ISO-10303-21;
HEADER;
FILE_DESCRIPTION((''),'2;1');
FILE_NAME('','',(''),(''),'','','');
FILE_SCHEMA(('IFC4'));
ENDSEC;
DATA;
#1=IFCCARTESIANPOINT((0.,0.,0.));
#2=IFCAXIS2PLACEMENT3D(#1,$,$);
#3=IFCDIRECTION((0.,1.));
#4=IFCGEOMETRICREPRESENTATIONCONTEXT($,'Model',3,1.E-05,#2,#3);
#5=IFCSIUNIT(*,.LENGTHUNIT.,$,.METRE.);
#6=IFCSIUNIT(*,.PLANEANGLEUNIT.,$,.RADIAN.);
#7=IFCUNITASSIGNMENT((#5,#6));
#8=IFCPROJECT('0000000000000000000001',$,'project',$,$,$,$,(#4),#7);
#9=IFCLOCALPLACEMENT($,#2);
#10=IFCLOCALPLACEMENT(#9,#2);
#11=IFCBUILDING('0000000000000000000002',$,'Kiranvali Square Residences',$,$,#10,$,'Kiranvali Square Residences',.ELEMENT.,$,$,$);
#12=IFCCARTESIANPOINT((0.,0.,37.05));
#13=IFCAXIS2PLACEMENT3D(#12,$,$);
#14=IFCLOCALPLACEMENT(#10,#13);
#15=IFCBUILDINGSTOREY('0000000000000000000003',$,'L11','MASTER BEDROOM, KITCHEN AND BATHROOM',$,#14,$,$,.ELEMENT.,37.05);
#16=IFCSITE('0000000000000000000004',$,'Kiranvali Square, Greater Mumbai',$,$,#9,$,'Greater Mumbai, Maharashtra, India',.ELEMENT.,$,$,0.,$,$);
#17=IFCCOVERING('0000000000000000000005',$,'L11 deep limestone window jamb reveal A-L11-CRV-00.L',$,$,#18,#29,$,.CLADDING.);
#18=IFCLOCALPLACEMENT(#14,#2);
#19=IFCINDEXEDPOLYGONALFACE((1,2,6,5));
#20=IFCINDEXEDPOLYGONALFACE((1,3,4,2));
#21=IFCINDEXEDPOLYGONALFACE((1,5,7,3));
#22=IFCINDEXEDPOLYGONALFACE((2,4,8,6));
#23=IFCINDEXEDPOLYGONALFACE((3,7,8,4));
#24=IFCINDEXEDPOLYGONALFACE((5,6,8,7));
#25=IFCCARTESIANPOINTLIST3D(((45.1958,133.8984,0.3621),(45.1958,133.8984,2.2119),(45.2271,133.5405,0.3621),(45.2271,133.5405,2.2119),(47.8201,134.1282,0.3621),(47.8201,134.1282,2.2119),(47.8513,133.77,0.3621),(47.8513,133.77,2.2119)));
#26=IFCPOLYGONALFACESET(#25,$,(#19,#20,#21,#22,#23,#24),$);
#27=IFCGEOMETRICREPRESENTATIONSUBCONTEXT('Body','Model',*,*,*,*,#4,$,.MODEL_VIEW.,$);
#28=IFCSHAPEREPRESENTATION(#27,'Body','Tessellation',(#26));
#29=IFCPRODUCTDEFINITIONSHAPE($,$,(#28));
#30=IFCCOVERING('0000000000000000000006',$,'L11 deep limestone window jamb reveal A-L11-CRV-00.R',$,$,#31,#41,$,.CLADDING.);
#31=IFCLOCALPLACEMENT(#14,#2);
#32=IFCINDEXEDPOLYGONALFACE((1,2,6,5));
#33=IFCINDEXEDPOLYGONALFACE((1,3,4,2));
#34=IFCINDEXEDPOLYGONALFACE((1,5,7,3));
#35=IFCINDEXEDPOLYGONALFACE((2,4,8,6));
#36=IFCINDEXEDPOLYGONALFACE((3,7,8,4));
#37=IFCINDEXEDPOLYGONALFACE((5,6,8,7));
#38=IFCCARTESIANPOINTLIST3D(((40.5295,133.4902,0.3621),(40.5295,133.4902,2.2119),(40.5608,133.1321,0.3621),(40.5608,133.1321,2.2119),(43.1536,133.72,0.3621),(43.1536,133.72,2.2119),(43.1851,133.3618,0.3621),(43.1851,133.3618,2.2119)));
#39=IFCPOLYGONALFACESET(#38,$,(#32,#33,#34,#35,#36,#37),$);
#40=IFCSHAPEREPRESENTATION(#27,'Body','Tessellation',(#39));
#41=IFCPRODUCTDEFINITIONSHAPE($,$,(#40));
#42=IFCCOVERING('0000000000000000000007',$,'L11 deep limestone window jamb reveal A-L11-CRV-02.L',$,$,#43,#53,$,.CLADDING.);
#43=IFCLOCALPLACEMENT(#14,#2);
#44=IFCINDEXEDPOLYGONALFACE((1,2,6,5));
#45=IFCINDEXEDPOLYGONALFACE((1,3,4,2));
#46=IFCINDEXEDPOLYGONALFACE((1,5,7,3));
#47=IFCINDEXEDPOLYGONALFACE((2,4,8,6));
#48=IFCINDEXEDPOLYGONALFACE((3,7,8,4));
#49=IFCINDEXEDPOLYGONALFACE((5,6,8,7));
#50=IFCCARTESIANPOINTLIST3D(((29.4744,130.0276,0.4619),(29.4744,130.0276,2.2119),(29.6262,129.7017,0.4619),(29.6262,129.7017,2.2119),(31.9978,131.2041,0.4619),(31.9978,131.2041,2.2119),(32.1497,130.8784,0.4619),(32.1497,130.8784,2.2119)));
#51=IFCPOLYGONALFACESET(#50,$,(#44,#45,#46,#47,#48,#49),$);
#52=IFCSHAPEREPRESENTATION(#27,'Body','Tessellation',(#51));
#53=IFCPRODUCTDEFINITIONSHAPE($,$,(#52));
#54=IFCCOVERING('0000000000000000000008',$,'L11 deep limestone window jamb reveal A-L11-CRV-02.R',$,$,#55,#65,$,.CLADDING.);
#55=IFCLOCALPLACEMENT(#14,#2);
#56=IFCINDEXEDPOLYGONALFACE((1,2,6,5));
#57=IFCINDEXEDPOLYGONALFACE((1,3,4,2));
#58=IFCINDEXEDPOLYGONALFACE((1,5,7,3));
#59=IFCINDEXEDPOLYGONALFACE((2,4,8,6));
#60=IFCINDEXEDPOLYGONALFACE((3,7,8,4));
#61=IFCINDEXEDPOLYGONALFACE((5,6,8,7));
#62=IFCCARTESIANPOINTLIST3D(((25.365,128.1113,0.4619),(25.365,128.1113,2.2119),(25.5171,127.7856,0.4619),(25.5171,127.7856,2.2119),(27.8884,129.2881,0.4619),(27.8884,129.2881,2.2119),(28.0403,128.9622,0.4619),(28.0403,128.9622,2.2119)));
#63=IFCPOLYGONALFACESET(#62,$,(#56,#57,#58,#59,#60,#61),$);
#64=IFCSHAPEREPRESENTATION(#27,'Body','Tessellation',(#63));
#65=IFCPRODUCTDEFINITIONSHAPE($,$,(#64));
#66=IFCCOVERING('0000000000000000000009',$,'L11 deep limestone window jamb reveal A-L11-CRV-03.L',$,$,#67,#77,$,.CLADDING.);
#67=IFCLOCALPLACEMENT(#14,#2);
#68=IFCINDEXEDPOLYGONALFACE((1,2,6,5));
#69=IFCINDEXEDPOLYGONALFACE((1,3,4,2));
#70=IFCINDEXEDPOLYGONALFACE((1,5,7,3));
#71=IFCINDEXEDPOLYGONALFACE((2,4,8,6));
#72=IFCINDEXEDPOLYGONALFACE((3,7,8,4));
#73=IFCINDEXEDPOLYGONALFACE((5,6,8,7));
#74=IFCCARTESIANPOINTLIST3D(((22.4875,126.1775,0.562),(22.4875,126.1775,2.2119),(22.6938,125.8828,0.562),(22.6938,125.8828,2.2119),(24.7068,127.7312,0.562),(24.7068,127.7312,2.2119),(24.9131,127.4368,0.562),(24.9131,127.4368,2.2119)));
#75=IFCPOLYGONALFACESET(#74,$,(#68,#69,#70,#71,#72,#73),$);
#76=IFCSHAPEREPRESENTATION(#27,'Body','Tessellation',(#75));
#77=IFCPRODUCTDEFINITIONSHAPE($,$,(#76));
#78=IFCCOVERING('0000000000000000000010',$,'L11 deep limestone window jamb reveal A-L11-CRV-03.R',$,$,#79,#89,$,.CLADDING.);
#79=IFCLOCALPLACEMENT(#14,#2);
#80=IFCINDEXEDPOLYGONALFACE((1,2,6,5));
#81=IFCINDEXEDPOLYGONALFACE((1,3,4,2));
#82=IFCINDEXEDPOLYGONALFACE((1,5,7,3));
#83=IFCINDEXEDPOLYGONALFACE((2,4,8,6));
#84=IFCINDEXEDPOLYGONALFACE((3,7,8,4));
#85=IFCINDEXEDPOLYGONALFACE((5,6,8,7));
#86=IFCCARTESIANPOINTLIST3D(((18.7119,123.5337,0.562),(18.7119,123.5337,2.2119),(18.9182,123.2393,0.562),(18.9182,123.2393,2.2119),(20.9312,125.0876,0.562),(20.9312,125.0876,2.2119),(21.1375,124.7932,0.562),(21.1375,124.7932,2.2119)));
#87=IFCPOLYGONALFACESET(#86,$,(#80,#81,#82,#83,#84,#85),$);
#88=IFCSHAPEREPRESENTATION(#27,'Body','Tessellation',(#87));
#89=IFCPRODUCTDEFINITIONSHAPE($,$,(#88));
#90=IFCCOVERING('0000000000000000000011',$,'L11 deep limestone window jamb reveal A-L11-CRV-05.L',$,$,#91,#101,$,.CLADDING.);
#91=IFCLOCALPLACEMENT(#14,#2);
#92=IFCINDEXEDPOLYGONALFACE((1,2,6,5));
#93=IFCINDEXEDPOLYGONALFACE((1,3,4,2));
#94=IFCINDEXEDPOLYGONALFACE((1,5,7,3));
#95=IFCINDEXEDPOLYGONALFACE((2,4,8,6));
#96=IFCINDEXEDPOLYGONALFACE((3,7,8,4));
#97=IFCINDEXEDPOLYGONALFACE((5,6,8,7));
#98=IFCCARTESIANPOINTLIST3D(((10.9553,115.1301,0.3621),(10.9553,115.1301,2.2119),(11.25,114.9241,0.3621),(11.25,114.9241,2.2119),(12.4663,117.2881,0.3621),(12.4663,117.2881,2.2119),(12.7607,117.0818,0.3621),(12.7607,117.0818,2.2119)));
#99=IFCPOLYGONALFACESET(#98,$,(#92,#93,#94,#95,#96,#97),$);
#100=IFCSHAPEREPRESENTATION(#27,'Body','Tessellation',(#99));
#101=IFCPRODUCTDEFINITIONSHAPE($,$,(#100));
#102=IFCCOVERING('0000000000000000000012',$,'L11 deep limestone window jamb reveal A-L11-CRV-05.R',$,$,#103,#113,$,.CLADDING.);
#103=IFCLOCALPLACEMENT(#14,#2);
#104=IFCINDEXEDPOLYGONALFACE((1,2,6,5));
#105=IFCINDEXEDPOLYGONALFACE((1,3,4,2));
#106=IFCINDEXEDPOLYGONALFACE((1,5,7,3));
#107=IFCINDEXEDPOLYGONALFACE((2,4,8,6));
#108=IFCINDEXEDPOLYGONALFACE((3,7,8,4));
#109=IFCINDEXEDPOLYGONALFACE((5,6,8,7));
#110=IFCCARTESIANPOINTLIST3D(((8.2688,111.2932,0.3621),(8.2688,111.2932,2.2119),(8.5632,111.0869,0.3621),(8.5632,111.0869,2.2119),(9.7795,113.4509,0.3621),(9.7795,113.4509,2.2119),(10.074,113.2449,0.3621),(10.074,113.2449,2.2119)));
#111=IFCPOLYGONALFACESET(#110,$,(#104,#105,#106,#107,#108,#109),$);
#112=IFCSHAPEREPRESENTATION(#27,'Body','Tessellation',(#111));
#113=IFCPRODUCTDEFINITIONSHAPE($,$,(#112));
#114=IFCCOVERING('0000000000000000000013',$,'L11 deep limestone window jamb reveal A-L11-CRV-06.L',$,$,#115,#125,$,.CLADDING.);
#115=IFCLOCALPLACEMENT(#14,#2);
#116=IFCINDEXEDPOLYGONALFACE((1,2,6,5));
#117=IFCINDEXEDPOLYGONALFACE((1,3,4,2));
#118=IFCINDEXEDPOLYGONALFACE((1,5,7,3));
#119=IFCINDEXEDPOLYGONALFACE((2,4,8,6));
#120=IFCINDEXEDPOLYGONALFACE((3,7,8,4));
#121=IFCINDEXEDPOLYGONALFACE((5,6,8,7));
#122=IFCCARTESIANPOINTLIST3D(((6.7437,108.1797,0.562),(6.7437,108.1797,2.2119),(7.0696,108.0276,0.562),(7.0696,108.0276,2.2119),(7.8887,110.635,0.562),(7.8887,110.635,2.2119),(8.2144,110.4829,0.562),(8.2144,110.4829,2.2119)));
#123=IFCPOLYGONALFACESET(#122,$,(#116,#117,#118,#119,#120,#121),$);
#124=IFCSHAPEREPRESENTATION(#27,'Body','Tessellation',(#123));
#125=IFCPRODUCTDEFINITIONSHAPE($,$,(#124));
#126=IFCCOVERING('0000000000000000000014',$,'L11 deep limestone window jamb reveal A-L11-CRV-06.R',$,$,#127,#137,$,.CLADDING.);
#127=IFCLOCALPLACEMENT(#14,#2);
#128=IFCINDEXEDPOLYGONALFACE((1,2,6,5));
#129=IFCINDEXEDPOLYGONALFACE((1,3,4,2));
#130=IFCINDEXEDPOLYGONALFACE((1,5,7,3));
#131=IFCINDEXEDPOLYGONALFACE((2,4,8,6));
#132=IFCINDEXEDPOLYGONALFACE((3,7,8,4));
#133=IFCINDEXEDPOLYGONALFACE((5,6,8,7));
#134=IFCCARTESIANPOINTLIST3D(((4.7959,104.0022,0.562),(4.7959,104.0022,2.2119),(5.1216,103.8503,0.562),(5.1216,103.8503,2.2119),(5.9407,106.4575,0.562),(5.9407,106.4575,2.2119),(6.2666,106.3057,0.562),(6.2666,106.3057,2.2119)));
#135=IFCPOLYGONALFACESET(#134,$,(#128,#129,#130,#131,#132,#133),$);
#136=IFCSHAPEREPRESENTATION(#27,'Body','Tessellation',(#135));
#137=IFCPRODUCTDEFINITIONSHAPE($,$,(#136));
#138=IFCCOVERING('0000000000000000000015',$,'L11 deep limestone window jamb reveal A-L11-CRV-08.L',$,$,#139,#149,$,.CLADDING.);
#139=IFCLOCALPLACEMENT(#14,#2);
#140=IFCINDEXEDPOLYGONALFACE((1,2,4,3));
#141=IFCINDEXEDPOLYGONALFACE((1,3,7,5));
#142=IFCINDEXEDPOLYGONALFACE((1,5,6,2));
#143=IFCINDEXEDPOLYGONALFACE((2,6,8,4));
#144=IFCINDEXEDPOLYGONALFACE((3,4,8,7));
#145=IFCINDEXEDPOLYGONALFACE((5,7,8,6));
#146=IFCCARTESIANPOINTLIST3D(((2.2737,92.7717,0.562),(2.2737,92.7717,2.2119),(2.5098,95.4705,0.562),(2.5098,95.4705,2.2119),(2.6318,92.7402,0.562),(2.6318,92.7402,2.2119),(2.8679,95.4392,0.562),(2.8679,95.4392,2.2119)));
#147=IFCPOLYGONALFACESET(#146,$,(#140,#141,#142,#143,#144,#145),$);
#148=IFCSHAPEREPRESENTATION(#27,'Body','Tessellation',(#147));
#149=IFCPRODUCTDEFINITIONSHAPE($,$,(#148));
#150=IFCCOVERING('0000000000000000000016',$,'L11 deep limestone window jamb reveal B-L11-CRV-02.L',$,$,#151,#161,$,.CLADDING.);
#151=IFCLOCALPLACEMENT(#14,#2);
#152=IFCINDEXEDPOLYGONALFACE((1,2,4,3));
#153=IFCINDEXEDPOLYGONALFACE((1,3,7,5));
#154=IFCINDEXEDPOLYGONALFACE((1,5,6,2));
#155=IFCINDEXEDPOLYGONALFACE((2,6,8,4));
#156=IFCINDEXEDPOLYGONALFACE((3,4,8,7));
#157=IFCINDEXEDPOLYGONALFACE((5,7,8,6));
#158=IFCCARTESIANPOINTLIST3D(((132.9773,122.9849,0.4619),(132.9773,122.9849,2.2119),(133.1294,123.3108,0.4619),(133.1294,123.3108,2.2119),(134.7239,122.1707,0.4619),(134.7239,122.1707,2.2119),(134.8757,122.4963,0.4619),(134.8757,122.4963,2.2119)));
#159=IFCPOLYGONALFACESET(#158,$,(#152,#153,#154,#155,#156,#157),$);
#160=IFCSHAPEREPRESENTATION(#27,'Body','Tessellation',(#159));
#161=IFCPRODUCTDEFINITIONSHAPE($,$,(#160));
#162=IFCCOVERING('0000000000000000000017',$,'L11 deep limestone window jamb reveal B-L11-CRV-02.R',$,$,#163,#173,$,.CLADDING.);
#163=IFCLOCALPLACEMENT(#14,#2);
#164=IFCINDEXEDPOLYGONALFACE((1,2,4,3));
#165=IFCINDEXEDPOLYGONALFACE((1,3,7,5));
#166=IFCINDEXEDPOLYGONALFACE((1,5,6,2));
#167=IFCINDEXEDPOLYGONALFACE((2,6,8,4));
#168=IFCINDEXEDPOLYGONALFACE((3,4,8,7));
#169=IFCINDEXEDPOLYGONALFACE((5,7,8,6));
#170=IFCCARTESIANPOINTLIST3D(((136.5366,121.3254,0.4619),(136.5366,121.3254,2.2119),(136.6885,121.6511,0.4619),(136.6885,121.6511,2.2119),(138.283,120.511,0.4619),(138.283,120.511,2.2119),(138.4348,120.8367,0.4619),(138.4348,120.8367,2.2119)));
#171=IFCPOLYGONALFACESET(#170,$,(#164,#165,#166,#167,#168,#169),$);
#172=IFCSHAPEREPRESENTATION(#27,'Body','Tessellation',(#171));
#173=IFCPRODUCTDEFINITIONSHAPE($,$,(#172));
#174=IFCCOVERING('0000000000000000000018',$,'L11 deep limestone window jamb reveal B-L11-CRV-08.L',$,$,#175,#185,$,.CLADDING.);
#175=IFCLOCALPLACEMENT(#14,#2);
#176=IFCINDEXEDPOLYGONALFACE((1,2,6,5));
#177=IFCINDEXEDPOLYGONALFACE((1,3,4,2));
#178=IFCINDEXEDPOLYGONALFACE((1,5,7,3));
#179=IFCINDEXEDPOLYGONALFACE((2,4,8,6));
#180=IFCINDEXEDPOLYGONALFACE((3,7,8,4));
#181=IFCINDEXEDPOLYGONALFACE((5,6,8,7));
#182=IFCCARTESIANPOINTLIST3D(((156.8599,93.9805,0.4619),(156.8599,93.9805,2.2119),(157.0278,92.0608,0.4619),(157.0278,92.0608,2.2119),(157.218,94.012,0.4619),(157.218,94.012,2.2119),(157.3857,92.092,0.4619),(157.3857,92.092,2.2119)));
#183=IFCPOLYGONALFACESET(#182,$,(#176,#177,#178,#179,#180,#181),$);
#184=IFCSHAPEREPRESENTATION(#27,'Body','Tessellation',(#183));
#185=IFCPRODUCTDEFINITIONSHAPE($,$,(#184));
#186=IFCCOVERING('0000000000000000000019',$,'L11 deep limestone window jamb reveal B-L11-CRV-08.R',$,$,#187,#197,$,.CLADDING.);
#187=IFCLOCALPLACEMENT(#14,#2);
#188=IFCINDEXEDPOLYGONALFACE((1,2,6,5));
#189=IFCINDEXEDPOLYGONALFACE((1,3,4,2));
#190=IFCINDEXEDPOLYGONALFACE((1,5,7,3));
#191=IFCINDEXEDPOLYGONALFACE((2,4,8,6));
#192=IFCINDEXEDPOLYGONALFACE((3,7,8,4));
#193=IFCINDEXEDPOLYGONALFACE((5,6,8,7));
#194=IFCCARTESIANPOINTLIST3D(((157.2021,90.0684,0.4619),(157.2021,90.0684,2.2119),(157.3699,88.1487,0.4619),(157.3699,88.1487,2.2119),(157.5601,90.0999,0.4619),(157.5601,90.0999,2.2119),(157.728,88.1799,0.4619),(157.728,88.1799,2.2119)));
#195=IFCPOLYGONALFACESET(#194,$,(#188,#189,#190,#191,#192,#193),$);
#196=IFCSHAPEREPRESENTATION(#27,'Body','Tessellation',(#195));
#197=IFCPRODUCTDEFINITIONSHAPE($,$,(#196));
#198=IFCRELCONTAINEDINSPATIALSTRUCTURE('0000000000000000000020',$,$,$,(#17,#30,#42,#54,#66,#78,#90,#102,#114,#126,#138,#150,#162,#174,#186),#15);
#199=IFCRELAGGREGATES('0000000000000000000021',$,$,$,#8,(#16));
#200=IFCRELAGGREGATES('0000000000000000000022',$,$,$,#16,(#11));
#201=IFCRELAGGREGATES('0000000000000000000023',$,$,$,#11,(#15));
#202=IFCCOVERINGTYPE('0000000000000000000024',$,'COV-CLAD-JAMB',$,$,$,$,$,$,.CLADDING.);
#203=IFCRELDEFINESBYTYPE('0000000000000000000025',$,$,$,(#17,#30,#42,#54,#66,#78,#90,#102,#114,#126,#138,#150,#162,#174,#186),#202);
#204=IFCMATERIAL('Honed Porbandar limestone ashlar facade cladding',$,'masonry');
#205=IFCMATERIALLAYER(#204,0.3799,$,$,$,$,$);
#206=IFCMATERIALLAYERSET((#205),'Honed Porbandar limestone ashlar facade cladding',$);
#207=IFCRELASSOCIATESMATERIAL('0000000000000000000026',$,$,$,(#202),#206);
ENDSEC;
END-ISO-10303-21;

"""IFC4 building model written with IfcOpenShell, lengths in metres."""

from ifc_helpers import new_model, si_unit, direction, frame, origin, place, context, subcontext, project, spatial, polyline, outline, extrude, material, layer, layer_set, type_object, element, save


model = new_model("IFC4")

# Units and contexts
model_context = context("Model", 3, precision=1e-05, world=origin(), true_north=direction((0.0, 1.0)))
body_context = subcontext(model_context, "Body", "Model", "MODEL_VIEW")
ifc_project = project(units=[si_unit("LENGTHUNIT", "METRE"), si_unit("PLANEANGLEUNIT", "RADIAN")], contexts=[model_context])

# Site, building, storey
site_placement = place(None, origin())
site = spatial("IfcSite", under=ifc_project, at=site_placement, Name="Kiranvali Square, Greater Mumbai", LongName="Greater Mumbai, Maharashtra, India", CompositionType="ELEMENT", RefElevation=0.0)
building_placement = place(site_placement, origin())
building = spatial("IfcBuilding", under=site, at=building_placement, Name="Kiranvali Square Residences", LongName="Kiranvali Square Residences", CompositionType="ELEMENT")
storey_placement = place(building_placement, frame((0.0, 0.0, 37.05)))
storey = spatial("IfcBuildingStorey", under=building, at=storey_placement, Name="L11", Description="MASTER BEDROOM, KITCHEN AND BATHROOM", CompositionType="ELEMENT", Elevation=37.05)

# Coverings
ifc_material = material(Name="Honed Porbandar limestone ashlar facade cladding", Category="masonry")
ifc_layer_1 = layer(ifc_material, 0.3799)
ifc_layer_set_1 = layer_set([ifc_layer_1], Name="Honed Porbandar limestone ashlar facade cladding")
covering_type_1 = type_object("IfcCoveringType", Name="COV-CLAD-JAMB", PredefinedType="CLADDING", material=ifc_layer_set_1)
covering_1_placement = place(storey_placement, frame((0.0, 0.0, 0.3621)))
element("IfcCovering", 1, at=covering_1_placement, inside=storey, type_object=covering_type_1, Name="L11 deep limestone window jamb reveal A-L11-CRV-00.L", PredefinedType="CLADDING", context=body_context, shape_type="SweptSolid", body=[
    extrude(outline(polyline([(47.8201, 134.1282), (45.1958, 133.8984), (45.2271, 133.5405), (47.8513, 133.77), (47.8201, 134.1282)])), origin(), (0.0, 0.0, 1.0), 1.8499),
])
covering_2_placement = place(storey_placement, frame((0.0, 0.0, 0.3621)))
element("IfcCovering", 2, at=covering_2_placement, inside=storey, type_object=covering_type_1, Name="L11 deep limestone window jamb reveal A-L11-CRV-00.R", PredefinedType="CLADDING", context=body_context, shape_type="SweptSolid", body=[
    extrude(outline(polyline([(43.1536, 133.72), (40.5295, 133.4902), (40.5608, 133.1321), (43.1851, 133.3618), (43.1536, 133.72)])), origin(), (0.0, 0.0, 1.0), 1.8499),
])
covering_3_placement = place(storey_placement, frame((0.0, 0.0, 0.4619)))
element("IfcCovering", 3, at=covering_3_placement, inside=storey, type_object=covering_type_1, Name="L11 deep limestone window jamb reveal A-L11-CRV-02.L", PredefinedType="CLADDING", context=body_context, shape_type="SweptSolid", body=[
    extrude(outline(polyline([(31.9978, 131.2041), (29.4744, 130.0276), (29.6262, 129.7017), (32.1497, 130.8784), (31.9978, 131.2041)])), origin(), (0.0, 0.0, 1.0), 1.75),
])
covering_4_placement = place(storey_placement, frame((0.0, 0.0, 0.4619)))
element("IfcCovering", 4, at=covering_4_placement, inside=storey, type_object=covering_type_1, Name="L11 deep limestone window jamb reveal A-L11-CRV-02.R", PredefinedType="CLADDING", context=body_context, shape_type="SweptSolid", body=[
    extrude(outline(polyline([(27.8884, 129.2881), (25.365, 128.1113), (25.5171, 127.7856), (28.0403, 128.9622), (27.8884, 129.2881)])), origin(), (0.0, 0.0, 1.0), 1.75),
])
covering_5_placement = place(storey_placement, frame((0.0, 0.0, 0.562)))
element("IfcCovering", 5, at=covering_5_placement, inside=storey, type_object=covering_type_1, Name="L11 deep limestone window jamb reveal A-L11-CRV-03.L", PredefinedType="CLADDING", context=body_context, shape_type="SweptSolid", body=[
    extrude(outline(polyline([(24.7068, 127.7312), (22.4875, 126.1775), (22.6938, 125.8828), (24.9131, 127.4368), (24.7068, 127.7312)])), origin(), (0.0, 0.0, 1.0), 1.6499),
])
covering_6_placement = place(storey_placement, frame((0.0, 0.0, 0.562)))
element("IfcCovering", 6, at=covering_6_placement, inside=storey, type_object=covering_type_1, Name="L11 deep limestone window jamb reveal A-L11-CRV-03.R", PredefinedType="CLADDING", context=body_context, shape_type="SweptSolid", body=[
    extrude(outline(polyline([(20.9312, 125.0876), (18.7119, 123.5337), (18.9182, 123.2393), (21.1375, 124.7932), (20.9312, 125.0876)])), origin(), (0.0, 0.0, 1.0), 1.6499),
])
covering_7_placement = place(storey_placement, frame((0.0, 0.0, 0.3621)))
element("IfcCovering", 7, at=covering_7_placement, inside=storey, type_object=covering_type_1, Name="L11 deep limestone window jamb reveal A-L11-CRV-05.L", PredefinedType="CLADDING", context=body_context, shape_type="SweptSolid", body=[
    extrude(outline(polyline([(12.4663, 117.2881), (10.9553, 115.1301), (11.25, 114.9241), (12.7607, 117.0818), (12.4663, 117.2881)])), origin(), (0.0, 0.0, 1.0), 1.8499),
])
covering_8_placement = place(storey_placement, frame((0.0, 0.0, 0.3621)))
element("IfcCovering", 8, at=covering_8_placement, inside=storey, type_object=covering_type_1, Name="L11 deep limestone window jamb reveal A-L11-CRV-05.R", PredefinedType="CLADDING", context=body_context, shape_type="SweptSolid", body=[
    extrude(outline(polyline([(9.7795, 113.4509), (8.2688, 111.2932), (8.5632, 111.0869), (10.074, 113.2449), (9.7795, 113.4509)])), origin(), (0.0, 0.0, 1.0), 1.8499),
])
covering_9_placement = place(storey_placement, frame((0.0, 0.0, 0.562)))
element("IfcCovering", 9, at=covering_9_placement, inside=storey, type_object=covering_type_1, Name="L11 deep limestone window jamb reveal A-L11-CRV-06.L", PredefinedType="CLADDING", context=body_context, shape_type="SweptSolid", body=[
    extrude(outline(polyline([(7.8887, 110.635), (6.7437, 108.1797), (7.0696, 108.0276), (8.2144, 110.4829), (7.8887, 110.635)])), origin(), (0.0, 0.0, 1.0), 1.6499),
])
covering_10_placement = place(storey_placement, frame((0.0, 0.0, 0.562)))
element("IfcCovering", 10, at=covering_10_placement, inside=storey, type_object=covering_type_1, Name="L11 deep limestone window jamb reveal A-L11-CRV-06.R", PredefinedType="CLADDING", context=body_context, shape_type="SweptSolid", body=[
    extrude(outline(polyline([(5.9407, 106.4575), (4.7959, 104.0022), (5.1216, 103.8503), (6.2666, 106.3057), (5.9407, 106.4575)])), origin(), (0.0, 0.0, 1.0), 1.6499),
])
covering_11_placement = place(storey_placement, frame((0.0, 0.0, 0.562)))
element("IfcCovering", 11, at=covering_11_placement, inside=storey, type_object=covering_type_1, Name="L11 deep limestone window jamb reveal A-L11-CRV-08.L", PredefinedType="CLADDING", context=body_context, shape_type="SweptSolid", body=[
    extrude(outline(polyline([(2.5098, 95.4705), (2.2737, 92.7717), (2.6318, 92.7402), (2.8679, 95.4392), (2.5098, 95.4705)])), origin(), (0.0, 0.0, 1.0), 1.6499),
])
covering_12_placement = place(storey_placement, frame((0.0, 0.0, 0.4619)))
element("IfcCovering", 12, at=covering_12_placement, inside=storey, type_object=covering_type_1, Name="L11 deep limestone window jamb reveal B-L11-CRV-02.L", PredefinedType="CLADDING", context=body_context, shape_type="SweptSolid", body=[
    extrude(outline(polyline([(132.9773, 122.9849), (134.7239, 122.1707), (134.8757, 122.4963), (133.1294, 123.3108), (132.9773, 122.9849)])), origin(), (0.0, 0.0, 1.0), 1.75),
])
covering_13_placement = place(storey_placement, frame((0.0, 0.0, 0.4619)))
element("IfcCovering", 13, at=covering_13_placement, inside=storey, type_object=covering_type_1, Name="L11 deep limestone window jamb reveal B-L11-CRV-02.R", PredefinedType="CLADDING", context=body_context, shape_type="SweptSolid", body=[
    extrude(outline(polyline([(136.5366, 121.3254), (138.283, 120.511), (138.4348, 120.8367), (136.6885, 121.6511), (136.5366, 121.3254)])), origin(), (0.0, 0.0, 1.0), 1.75),
])
covering_14_placement = place(storey_placement, frame((0.0, 0.0, 0.4619)))
element("IfcCovering", 14, at=covering_14_placement, inside=storey, type_object=covering_type_1, Name="L11 deep limestone window jamb reveal B-L11-CRV-08.L", PredefinedType="CLADDING", context=body_context, shape_type="SweptSolid", body=[
    extrude(outline(polyline([(156.8599, 93.9805), (157.0278, 92.0608), (157.3857, 92.092), (157.218, 94.012), (156.8599, 93.9805)])), origin(), (0.0, 0.0, 1.0), 1.75),
])
covering_15_placement = place(storey_placement, frame((0.0, 0.0, 0.4619)))
element("IfcCovering", 15, at=covering_15_placement, inside=storey, type_object=covering_type_1, Name="L11 deep limestone window jamb reveal B-L11-CRV-08.R", PredefinedType="CLADDING", context=body_context, shape_type="SweptSolid", body=[
    extrude(outline(polyline([(157.2021, 90.0684), (157.3699, 88.1487), (157.728, 88.1799), (157.5601, 90.0999), (157.2021, 90.0684)])), origin(), (0.0, 0.0, 1.0), 1.75),
])

save(model, "model.ifc")
